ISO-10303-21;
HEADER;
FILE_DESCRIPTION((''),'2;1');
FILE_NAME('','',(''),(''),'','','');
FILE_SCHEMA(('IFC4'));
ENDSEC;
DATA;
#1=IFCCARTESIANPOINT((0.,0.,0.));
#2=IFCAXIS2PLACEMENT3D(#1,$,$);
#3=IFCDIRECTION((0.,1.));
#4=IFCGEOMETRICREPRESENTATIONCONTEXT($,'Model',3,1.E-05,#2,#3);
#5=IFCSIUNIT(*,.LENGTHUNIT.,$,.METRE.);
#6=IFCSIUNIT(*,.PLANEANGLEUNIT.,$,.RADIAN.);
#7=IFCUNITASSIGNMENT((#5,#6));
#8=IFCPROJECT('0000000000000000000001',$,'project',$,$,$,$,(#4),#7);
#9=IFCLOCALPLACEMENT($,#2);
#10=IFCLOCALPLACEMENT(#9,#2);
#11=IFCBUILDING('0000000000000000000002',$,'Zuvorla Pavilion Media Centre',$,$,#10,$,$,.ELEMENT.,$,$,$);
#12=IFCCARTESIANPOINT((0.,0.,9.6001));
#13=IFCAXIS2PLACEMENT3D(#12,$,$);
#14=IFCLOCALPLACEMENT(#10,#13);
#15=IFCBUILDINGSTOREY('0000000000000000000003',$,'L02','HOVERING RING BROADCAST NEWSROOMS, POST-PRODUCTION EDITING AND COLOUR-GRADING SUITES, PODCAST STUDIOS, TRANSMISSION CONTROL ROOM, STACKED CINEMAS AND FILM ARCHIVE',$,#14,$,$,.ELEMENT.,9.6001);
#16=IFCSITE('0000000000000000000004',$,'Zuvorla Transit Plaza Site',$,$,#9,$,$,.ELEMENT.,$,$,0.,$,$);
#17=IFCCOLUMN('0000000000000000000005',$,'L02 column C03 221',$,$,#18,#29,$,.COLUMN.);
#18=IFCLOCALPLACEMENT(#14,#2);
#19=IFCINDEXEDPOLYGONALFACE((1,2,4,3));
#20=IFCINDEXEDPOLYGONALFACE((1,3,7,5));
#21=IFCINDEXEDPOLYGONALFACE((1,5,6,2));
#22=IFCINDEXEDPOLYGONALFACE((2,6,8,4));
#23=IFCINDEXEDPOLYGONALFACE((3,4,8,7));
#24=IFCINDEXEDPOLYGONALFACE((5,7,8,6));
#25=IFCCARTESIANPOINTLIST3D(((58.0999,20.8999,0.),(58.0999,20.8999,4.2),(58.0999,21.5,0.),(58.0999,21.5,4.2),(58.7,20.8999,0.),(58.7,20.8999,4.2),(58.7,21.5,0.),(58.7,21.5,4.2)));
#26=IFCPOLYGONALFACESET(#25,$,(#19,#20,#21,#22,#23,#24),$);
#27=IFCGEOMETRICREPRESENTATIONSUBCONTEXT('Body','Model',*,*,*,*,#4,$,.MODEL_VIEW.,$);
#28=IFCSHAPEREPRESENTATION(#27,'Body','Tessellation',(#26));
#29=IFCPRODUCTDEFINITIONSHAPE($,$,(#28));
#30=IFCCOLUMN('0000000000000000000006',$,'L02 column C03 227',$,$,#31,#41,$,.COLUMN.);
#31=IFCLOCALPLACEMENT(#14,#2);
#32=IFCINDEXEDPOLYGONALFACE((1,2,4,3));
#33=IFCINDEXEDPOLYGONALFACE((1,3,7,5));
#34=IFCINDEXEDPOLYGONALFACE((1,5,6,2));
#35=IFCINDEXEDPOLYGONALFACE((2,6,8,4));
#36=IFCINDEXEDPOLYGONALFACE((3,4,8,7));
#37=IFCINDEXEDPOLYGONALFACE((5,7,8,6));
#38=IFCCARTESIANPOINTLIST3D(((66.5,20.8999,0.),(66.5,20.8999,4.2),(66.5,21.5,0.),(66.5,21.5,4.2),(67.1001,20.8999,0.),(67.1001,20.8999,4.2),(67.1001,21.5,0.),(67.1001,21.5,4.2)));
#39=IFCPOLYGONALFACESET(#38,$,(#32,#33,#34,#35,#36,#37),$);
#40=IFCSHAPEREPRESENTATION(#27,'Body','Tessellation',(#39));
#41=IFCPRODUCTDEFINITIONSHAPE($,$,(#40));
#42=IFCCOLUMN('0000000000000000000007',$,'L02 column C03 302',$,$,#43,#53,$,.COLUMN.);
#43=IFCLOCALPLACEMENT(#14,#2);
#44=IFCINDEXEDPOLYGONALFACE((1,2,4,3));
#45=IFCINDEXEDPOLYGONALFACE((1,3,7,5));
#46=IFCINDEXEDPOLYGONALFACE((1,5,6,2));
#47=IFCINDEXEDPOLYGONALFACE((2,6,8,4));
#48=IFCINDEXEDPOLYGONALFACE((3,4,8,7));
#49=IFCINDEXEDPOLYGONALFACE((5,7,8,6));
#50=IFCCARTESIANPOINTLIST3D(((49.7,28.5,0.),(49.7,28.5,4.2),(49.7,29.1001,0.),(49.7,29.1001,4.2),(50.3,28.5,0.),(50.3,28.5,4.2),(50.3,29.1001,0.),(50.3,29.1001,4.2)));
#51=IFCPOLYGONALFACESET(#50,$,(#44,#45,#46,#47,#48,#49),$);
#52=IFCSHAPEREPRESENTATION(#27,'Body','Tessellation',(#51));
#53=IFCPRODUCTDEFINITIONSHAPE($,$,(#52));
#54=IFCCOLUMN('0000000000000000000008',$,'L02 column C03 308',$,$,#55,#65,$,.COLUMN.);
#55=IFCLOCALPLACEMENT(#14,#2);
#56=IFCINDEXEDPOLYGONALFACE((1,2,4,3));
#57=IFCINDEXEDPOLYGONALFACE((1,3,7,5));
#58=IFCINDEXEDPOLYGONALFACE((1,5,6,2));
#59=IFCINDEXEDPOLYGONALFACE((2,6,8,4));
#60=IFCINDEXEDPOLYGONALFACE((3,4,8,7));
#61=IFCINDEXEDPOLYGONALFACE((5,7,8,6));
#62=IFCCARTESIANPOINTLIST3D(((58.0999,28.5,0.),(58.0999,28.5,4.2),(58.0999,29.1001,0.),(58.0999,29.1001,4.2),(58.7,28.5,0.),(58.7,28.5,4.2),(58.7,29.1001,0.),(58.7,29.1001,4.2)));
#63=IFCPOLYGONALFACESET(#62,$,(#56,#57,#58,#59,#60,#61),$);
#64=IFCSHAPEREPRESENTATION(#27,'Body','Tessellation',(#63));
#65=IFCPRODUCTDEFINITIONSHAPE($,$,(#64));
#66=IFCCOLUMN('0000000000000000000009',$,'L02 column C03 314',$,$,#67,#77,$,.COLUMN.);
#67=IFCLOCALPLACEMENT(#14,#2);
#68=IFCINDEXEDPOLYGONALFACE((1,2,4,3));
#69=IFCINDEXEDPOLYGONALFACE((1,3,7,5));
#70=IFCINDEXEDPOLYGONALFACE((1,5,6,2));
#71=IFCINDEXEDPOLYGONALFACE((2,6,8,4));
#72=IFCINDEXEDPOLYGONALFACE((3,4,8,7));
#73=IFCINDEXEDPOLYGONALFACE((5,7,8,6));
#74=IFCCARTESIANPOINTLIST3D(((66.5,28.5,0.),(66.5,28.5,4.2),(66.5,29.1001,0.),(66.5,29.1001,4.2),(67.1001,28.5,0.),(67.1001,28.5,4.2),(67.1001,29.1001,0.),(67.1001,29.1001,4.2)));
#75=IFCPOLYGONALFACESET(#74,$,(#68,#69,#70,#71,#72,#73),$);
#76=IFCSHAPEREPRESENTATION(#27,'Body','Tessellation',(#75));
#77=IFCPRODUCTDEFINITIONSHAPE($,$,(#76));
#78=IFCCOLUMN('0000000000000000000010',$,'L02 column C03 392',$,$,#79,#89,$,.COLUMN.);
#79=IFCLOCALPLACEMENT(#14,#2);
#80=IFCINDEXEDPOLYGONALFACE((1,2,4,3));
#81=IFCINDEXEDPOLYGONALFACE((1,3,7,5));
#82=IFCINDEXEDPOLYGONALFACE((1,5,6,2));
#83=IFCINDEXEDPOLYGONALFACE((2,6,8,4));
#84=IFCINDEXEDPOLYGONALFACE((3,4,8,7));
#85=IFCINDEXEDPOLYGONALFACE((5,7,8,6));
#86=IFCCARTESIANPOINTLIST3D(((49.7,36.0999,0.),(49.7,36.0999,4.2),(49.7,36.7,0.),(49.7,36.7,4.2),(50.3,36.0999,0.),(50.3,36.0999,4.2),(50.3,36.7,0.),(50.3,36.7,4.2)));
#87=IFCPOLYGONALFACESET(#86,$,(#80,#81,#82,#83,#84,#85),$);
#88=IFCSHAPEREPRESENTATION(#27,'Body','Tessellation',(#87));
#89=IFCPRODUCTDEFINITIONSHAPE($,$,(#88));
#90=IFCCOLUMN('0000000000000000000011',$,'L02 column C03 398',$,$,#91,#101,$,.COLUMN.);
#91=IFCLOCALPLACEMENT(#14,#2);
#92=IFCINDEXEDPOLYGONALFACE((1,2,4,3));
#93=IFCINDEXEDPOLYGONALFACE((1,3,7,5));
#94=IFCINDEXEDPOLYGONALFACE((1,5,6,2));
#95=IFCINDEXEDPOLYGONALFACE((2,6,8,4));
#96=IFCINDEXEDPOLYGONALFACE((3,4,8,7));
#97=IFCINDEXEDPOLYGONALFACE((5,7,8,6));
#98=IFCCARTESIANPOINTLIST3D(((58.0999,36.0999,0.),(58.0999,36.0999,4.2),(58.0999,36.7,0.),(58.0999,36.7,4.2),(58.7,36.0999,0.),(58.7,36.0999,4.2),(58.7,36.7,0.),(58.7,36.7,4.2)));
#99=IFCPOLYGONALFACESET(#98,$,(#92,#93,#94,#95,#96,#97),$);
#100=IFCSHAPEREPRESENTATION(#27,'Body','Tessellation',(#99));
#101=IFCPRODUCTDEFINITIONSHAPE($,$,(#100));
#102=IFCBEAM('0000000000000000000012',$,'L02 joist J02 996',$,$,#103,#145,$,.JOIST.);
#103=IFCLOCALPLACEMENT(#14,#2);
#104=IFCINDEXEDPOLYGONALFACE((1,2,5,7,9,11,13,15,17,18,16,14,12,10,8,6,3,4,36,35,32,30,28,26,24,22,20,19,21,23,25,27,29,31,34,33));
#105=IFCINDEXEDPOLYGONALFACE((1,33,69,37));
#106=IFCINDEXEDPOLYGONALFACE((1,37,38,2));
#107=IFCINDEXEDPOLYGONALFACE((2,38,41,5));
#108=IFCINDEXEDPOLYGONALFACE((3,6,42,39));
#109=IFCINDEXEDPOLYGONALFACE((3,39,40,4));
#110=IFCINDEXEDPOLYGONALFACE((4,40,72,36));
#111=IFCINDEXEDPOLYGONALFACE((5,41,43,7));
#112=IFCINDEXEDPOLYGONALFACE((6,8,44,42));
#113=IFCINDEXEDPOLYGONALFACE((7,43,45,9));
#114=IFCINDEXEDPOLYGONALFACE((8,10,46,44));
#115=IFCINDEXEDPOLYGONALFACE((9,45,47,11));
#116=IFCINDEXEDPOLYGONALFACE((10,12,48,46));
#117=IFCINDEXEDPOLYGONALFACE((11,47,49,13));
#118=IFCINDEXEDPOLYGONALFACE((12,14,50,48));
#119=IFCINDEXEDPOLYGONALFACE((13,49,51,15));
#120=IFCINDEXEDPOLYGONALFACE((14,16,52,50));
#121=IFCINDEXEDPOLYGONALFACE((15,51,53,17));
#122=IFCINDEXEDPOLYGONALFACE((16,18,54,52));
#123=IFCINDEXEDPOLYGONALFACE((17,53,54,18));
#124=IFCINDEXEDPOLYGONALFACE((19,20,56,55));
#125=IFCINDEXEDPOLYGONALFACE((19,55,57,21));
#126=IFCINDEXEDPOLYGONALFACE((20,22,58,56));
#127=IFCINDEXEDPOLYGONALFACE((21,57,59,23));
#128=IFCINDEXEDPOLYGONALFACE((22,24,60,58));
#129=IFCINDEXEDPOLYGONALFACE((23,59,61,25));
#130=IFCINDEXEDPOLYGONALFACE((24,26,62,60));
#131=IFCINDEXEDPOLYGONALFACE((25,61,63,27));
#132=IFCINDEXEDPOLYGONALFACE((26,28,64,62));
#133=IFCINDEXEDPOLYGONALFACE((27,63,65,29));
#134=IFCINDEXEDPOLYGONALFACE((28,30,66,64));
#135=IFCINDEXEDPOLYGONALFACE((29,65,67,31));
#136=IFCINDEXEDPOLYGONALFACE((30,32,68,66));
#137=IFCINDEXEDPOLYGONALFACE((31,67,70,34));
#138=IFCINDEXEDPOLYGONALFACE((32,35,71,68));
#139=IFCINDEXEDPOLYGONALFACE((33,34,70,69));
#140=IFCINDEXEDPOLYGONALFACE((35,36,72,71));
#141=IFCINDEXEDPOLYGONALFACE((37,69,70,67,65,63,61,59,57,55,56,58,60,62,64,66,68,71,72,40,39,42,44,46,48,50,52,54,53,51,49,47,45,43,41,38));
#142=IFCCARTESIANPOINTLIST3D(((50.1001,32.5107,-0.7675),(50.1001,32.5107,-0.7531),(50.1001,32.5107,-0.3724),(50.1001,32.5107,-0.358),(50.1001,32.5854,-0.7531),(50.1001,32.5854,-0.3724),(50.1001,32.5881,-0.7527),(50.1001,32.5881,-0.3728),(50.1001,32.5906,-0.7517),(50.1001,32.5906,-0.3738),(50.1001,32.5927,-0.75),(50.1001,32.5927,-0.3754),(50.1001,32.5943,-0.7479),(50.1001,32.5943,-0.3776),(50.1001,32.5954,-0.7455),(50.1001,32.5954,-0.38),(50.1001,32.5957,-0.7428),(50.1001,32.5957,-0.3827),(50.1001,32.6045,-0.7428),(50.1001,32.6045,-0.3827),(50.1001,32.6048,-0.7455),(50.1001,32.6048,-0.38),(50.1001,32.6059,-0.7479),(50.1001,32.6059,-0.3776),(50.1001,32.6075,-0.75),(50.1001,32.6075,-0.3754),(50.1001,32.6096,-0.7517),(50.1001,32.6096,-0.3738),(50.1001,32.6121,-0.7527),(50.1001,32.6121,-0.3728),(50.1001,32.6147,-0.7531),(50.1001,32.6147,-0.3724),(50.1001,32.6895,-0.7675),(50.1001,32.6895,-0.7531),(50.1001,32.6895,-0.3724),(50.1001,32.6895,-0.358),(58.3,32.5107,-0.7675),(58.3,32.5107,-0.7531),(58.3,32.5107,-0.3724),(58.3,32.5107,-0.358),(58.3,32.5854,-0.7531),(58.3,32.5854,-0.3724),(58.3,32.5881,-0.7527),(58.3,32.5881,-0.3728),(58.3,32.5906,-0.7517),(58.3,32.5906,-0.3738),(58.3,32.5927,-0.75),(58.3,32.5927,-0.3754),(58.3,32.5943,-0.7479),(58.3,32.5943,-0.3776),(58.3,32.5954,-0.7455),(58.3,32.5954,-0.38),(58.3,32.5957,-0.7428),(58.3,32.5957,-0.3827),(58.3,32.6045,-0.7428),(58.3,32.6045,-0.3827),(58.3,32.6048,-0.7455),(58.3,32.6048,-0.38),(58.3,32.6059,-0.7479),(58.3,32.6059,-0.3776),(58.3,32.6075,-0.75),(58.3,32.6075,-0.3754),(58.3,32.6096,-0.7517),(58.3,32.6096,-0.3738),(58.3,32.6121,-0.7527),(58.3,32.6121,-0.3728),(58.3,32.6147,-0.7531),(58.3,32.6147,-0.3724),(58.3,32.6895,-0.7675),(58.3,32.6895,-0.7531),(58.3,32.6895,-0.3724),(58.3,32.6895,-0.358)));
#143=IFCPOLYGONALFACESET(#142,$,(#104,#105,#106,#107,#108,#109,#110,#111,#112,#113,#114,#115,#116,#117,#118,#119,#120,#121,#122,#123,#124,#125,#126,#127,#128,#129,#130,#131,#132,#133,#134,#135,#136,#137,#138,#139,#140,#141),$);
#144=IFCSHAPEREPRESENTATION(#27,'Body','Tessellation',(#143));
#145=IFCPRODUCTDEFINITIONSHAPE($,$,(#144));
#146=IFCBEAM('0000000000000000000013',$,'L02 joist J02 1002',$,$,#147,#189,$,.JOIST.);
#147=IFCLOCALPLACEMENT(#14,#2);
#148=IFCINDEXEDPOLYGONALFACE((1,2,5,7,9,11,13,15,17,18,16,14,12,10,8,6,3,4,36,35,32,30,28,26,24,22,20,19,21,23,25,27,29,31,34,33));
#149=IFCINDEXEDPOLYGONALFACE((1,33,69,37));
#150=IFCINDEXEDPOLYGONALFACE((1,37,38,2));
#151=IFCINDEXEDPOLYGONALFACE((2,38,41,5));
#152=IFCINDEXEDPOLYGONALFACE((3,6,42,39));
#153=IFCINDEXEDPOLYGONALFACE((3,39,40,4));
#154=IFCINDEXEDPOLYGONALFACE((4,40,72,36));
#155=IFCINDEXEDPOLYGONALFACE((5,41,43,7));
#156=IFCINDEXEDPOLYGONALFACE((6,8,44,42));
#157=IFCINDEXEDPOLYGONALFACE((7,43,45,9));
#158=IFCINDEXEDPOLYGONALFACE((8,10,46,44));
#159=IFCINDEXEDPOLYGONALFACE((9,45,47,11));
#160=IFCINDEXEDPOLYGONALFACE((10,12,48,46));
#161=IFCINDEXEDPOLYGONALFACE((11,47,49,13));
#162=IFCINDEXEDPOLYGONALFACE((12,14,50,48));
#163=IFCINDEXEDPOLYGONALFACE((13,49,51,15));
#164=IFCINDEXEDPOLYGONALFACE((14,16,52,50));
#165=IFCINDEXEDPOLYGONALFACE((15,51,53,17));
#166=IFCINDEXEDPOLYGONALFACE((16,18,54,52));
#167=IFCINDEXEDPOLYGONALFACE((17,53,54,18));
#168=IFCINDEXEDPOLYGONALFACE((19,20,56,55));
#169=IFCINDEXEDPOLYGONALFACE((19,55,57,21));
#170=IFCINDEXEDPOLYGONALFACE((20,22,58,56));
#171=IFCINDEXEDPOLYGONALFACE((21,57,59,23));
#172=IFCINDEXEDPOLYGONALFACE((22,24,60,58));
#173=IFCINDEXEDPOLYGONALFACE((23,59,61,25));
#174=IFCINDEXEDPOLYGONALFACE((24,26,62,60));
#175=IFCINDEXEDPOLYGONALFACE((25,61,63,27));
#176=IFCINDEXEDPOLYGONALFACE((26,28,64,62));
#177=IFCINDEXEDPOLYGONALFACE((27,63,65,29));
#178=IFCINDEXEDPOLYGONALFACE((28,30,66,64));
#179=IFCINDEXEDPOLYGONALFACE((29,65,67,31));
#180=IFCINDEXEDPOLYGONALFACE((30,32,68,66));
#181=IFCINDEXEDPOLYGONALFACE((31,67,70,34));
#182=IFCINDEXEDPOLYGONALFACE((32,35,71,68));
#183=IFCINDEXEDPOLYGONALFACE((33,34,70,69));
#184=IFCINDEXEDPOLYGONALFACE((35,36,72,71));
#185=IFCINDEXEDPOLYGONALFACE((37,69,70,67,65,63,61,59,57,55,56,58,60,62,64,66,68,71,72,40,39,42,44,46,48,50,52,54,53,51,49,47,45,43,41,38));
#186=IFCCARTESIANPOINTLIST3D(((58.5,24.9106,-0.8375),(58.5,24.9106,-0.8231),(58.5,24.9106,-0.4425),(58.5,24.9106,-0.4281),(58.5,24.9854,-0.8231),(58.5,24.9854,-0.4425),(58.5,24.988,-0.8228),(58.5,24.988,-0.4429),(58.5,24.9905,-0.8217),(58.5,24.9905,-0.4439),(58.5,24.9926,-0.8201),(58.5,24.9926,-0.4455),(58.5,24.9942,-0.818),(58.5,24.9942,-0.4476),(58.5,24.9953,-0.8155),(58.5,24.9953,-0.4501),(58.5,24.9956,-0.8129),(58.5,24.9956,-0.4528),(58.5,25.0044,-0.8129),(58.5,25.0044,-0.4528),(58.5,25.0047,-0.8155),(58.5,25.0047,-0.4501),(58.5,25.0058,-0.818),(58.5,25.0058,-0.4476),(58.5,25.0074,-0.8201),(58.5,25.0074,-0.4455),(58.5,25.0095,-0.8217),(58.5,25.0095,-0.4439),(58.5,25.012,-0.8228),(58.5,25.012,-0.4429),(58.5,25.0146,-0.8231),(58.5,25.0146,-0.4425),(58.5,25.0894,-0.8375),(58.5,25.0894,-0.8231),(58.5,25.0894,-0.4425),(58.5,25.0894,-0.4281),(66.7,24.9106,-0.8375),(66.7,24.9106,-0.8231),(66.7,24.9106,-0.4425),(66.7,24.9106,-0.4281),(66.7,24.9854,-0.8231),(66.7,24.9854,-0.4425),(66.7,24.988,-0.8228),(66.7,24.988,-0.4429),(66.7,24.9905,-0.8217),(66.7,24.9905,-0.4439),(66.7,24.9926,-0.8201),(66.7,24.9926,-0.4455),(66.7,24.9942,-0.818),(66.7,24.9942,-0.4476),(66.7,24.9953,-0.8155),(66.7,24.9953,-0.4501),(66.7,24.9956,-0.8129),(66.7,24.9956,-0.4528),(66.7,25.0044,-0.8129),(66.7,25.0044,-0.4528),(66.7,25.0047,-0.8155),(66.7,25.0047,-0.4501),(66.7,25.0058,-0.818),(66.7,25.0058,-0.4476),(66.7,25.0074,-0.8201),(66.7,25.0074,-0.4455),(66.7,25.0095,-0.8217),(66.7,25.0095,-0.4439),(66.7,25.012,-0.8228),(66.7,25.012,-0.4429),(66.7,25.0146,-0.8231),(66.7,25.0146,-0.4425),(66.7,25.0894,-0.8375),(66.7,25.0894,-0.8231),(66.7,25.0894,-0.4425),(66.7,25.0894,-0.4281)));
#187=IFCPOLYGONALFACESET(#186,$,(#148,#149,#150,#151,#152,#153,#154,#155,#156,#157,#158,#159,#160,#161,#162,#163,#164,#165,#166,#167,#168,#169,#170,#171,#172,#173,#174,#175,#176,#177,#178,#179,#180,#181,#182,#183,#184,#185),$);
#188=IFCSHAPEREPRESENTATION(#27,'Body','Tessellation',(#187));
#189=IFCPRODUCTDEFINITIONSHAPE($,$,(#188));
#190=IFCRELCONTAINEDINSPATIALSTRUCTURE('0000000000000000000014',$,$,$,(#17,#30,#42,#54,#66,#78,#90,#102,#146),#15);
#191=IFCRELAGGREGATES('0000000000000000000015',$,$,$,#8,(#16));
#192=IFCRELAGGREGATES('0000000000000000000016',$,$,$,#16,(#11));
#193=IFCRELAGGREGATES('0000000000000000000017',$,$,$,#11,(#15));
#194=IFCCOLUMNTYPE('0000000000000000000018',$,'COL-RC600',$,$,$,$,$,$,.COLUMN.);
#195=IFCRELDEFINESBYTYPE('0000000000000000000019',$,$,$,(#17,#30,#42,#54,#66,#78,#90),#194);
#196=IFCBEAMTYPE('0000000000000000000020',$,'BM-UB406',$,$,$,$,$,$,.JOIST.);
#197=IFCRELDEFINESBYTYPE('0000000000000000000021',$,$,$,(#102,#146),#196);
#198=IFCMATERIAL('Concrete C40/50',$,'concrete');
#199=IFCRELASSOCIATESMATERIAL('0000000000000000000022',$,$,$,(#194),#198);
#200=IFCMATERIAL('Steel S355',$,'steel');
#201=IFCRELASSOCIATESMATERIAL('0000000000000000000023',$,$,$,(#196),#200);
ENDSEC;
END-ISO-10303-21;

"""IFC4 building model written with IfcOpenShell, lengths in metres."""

from ifc_helpers import new_model, si_unit, direction, frame, origin, origin_2d, place, context, subcontext, project, spatial, rectangle, i_section, extrude, material, material_profile, profile_set, type_object, element, save


model = new_model("IFC4")

# Units and contexts
model_context = context("Model", 3, precision=1e-05, world=origin(), true_north=direction((0.0, 1.0)))
body_context = subcontext(model_context, "Body", "Model", "MODEL_VIEW")
ifc_project = project(units=[si_unit("LENGTHUNIT", "METRE"), si_unit("PLANEANGLEUNIT", "RADIAN")], contexts=[model_context])

# Site, building, storey
site_placement = place(None, origin())
site = spatial("IfcSite", under=ifc_project, at=site_placement, Name="Zuvorla Transit Plaza Site", CompositionType="ELEMENT", RefElevation=0.0)
building_placement = place(site_placement, origin())
building = spatial("IfcBuilding", under=site, at=building_placement, Name="Zuvorla Pavilion Media Centre", CompositionType="ELEMENT")
storey_placement = place(building_placement, frame((0.0, 0.0, 9.6001)))
storey = spatial("IfcBuildingStorey", under=building, at=storey_placement, Name="L02", Description="HOVERING RING BROADCAST NEWSROOMS, POST-PRODUCTION EDITING AND COLOUR-GRADING SUITES, PODCAST STUDIOS, TRANSMISSION CONTROL ROOM, STACKED CINEMAS AND FILM ARCHIVE", CompositionType="ELEMENT", Elevation=9.6001)

# Columns
ifc_material_1 = material(Name="Concrete C40/50", Category="concrete")
ifc_material_profile_1 = material_profile(ifc_material_1, rectangle(XDim=0.6001, YDim=0.6001, at=origin_2d()), Name="RC 600x600")
ifc_profile_set_1 = profile_set([ifc_material_profile_1], Name="Concrete C40/50")
column_type = type_object("IfcColumnType", Name="COL-RC600", PredefinedType="COLUMN", material=ifc_profile_set_1)
for number, where, z_axis, x_axis, name in (
    (1, (58.3999, 21.2, 0.0), (0.0, 0.0, 1.0), (1.0, 0.0, 0.0), "L02 column C03 221"),
    (2, (66.8, 21.2, 0.0), (0.0, 0.0, 1.0), (1.0, 0.0, 0.0), "L02 column C03 227"),
    (3, (50.0, 28.8, 0.0), (0.0, 0.0, 1.0), (1.0, 0.0, 0.0), "L02 column C03 302"),
    (4, (58.3999, 28.8, 0.0), (0.0, 0.0, 1.0), (1.0, 0.0, 0.0), "L02 column C03 308"),
    (5, (66.8, 28.8, 0.0), (0.0, 0.0, 1.0), (1.0, 0.0, 0.0), "L02 column C03 314"),
    (6, (50.0, 36.3999, 0.0), (0.0, 0.0, 1.0), (1.0, 0.0, 0.0), "L02 column C03 392"),
    (7, (58.3999, 36.3999, 0.0), (0.0, 0.0, 1.0), (1.0, 0.0, 0.0), "L02 column C03 398"),
):
    element("IfcColumn", number, at=place(storey_placement, frame(where, z_axis=z_axis, x_axis=x_axis)), inside=storey, type_object=column_type, Name=name, PredefinedType="COLUMN", context=body_context, shape_type="SweptSolid", body=[
        extrude(rectangle(XDim=0.6001, YDim=0.6001, at=origin_2d()), origin(), (0.0, 0.0, 1.0), 4.2),
    ])

# Beams
ifc_material_2 = material(Name="Steel S355", Category="steel")
ifc_material_profile_2 = material_profile(ifc_material_2, i_section(OverallWidth=0.1787, OverallDepth=0.4094, WebThickness=0.0088, FlangeThickness=0.0144, FilletRadius=0.0103, at=origin_2d()), Name="UB 406x178x67")
ifc_profile_set_2 = profile_set([ifc_material_profile_2], Name="Steel S355")
beam_type_1 = type_object("IfcBeamType", Name="BM-UB406", PredefinedType="JOIST", material=ifc_profile_set_2)
for number, where, z_axis, x_axis, name in (
    (8, (50.1001, 32.6001, -0.5627), (1.0, 0.0, 0.0), (0.0, 1.0, 0.0), "L02 joist J02 996"),
    (9, (58.5, 25.0, -0.6328), (1.0, 0.0, 0.0), (0.0, 1.0, 0.0), "L02 joist J02 1002"),
):
    element("IfcBeam", number, at=place(storey_placement, frame(where, z_axis=z_axis, x_axis=x_axis)), inside=storey, type_object=beam_type_1, Name=name, PredefinedType="JOIST", context=body_context, shape_type="SweptSolid", body=[
        extrude(i_section(OverallWidth=0.1787, OverallDepth=0.4094, WebThickness=0.0088, FlangeThickness=0.0144, FilletRadius=0.0103, at=origin_2d()), origin(), (0.0, 0.0, 1.0), 8.2),
    ])

save(model, "model.ifc")
